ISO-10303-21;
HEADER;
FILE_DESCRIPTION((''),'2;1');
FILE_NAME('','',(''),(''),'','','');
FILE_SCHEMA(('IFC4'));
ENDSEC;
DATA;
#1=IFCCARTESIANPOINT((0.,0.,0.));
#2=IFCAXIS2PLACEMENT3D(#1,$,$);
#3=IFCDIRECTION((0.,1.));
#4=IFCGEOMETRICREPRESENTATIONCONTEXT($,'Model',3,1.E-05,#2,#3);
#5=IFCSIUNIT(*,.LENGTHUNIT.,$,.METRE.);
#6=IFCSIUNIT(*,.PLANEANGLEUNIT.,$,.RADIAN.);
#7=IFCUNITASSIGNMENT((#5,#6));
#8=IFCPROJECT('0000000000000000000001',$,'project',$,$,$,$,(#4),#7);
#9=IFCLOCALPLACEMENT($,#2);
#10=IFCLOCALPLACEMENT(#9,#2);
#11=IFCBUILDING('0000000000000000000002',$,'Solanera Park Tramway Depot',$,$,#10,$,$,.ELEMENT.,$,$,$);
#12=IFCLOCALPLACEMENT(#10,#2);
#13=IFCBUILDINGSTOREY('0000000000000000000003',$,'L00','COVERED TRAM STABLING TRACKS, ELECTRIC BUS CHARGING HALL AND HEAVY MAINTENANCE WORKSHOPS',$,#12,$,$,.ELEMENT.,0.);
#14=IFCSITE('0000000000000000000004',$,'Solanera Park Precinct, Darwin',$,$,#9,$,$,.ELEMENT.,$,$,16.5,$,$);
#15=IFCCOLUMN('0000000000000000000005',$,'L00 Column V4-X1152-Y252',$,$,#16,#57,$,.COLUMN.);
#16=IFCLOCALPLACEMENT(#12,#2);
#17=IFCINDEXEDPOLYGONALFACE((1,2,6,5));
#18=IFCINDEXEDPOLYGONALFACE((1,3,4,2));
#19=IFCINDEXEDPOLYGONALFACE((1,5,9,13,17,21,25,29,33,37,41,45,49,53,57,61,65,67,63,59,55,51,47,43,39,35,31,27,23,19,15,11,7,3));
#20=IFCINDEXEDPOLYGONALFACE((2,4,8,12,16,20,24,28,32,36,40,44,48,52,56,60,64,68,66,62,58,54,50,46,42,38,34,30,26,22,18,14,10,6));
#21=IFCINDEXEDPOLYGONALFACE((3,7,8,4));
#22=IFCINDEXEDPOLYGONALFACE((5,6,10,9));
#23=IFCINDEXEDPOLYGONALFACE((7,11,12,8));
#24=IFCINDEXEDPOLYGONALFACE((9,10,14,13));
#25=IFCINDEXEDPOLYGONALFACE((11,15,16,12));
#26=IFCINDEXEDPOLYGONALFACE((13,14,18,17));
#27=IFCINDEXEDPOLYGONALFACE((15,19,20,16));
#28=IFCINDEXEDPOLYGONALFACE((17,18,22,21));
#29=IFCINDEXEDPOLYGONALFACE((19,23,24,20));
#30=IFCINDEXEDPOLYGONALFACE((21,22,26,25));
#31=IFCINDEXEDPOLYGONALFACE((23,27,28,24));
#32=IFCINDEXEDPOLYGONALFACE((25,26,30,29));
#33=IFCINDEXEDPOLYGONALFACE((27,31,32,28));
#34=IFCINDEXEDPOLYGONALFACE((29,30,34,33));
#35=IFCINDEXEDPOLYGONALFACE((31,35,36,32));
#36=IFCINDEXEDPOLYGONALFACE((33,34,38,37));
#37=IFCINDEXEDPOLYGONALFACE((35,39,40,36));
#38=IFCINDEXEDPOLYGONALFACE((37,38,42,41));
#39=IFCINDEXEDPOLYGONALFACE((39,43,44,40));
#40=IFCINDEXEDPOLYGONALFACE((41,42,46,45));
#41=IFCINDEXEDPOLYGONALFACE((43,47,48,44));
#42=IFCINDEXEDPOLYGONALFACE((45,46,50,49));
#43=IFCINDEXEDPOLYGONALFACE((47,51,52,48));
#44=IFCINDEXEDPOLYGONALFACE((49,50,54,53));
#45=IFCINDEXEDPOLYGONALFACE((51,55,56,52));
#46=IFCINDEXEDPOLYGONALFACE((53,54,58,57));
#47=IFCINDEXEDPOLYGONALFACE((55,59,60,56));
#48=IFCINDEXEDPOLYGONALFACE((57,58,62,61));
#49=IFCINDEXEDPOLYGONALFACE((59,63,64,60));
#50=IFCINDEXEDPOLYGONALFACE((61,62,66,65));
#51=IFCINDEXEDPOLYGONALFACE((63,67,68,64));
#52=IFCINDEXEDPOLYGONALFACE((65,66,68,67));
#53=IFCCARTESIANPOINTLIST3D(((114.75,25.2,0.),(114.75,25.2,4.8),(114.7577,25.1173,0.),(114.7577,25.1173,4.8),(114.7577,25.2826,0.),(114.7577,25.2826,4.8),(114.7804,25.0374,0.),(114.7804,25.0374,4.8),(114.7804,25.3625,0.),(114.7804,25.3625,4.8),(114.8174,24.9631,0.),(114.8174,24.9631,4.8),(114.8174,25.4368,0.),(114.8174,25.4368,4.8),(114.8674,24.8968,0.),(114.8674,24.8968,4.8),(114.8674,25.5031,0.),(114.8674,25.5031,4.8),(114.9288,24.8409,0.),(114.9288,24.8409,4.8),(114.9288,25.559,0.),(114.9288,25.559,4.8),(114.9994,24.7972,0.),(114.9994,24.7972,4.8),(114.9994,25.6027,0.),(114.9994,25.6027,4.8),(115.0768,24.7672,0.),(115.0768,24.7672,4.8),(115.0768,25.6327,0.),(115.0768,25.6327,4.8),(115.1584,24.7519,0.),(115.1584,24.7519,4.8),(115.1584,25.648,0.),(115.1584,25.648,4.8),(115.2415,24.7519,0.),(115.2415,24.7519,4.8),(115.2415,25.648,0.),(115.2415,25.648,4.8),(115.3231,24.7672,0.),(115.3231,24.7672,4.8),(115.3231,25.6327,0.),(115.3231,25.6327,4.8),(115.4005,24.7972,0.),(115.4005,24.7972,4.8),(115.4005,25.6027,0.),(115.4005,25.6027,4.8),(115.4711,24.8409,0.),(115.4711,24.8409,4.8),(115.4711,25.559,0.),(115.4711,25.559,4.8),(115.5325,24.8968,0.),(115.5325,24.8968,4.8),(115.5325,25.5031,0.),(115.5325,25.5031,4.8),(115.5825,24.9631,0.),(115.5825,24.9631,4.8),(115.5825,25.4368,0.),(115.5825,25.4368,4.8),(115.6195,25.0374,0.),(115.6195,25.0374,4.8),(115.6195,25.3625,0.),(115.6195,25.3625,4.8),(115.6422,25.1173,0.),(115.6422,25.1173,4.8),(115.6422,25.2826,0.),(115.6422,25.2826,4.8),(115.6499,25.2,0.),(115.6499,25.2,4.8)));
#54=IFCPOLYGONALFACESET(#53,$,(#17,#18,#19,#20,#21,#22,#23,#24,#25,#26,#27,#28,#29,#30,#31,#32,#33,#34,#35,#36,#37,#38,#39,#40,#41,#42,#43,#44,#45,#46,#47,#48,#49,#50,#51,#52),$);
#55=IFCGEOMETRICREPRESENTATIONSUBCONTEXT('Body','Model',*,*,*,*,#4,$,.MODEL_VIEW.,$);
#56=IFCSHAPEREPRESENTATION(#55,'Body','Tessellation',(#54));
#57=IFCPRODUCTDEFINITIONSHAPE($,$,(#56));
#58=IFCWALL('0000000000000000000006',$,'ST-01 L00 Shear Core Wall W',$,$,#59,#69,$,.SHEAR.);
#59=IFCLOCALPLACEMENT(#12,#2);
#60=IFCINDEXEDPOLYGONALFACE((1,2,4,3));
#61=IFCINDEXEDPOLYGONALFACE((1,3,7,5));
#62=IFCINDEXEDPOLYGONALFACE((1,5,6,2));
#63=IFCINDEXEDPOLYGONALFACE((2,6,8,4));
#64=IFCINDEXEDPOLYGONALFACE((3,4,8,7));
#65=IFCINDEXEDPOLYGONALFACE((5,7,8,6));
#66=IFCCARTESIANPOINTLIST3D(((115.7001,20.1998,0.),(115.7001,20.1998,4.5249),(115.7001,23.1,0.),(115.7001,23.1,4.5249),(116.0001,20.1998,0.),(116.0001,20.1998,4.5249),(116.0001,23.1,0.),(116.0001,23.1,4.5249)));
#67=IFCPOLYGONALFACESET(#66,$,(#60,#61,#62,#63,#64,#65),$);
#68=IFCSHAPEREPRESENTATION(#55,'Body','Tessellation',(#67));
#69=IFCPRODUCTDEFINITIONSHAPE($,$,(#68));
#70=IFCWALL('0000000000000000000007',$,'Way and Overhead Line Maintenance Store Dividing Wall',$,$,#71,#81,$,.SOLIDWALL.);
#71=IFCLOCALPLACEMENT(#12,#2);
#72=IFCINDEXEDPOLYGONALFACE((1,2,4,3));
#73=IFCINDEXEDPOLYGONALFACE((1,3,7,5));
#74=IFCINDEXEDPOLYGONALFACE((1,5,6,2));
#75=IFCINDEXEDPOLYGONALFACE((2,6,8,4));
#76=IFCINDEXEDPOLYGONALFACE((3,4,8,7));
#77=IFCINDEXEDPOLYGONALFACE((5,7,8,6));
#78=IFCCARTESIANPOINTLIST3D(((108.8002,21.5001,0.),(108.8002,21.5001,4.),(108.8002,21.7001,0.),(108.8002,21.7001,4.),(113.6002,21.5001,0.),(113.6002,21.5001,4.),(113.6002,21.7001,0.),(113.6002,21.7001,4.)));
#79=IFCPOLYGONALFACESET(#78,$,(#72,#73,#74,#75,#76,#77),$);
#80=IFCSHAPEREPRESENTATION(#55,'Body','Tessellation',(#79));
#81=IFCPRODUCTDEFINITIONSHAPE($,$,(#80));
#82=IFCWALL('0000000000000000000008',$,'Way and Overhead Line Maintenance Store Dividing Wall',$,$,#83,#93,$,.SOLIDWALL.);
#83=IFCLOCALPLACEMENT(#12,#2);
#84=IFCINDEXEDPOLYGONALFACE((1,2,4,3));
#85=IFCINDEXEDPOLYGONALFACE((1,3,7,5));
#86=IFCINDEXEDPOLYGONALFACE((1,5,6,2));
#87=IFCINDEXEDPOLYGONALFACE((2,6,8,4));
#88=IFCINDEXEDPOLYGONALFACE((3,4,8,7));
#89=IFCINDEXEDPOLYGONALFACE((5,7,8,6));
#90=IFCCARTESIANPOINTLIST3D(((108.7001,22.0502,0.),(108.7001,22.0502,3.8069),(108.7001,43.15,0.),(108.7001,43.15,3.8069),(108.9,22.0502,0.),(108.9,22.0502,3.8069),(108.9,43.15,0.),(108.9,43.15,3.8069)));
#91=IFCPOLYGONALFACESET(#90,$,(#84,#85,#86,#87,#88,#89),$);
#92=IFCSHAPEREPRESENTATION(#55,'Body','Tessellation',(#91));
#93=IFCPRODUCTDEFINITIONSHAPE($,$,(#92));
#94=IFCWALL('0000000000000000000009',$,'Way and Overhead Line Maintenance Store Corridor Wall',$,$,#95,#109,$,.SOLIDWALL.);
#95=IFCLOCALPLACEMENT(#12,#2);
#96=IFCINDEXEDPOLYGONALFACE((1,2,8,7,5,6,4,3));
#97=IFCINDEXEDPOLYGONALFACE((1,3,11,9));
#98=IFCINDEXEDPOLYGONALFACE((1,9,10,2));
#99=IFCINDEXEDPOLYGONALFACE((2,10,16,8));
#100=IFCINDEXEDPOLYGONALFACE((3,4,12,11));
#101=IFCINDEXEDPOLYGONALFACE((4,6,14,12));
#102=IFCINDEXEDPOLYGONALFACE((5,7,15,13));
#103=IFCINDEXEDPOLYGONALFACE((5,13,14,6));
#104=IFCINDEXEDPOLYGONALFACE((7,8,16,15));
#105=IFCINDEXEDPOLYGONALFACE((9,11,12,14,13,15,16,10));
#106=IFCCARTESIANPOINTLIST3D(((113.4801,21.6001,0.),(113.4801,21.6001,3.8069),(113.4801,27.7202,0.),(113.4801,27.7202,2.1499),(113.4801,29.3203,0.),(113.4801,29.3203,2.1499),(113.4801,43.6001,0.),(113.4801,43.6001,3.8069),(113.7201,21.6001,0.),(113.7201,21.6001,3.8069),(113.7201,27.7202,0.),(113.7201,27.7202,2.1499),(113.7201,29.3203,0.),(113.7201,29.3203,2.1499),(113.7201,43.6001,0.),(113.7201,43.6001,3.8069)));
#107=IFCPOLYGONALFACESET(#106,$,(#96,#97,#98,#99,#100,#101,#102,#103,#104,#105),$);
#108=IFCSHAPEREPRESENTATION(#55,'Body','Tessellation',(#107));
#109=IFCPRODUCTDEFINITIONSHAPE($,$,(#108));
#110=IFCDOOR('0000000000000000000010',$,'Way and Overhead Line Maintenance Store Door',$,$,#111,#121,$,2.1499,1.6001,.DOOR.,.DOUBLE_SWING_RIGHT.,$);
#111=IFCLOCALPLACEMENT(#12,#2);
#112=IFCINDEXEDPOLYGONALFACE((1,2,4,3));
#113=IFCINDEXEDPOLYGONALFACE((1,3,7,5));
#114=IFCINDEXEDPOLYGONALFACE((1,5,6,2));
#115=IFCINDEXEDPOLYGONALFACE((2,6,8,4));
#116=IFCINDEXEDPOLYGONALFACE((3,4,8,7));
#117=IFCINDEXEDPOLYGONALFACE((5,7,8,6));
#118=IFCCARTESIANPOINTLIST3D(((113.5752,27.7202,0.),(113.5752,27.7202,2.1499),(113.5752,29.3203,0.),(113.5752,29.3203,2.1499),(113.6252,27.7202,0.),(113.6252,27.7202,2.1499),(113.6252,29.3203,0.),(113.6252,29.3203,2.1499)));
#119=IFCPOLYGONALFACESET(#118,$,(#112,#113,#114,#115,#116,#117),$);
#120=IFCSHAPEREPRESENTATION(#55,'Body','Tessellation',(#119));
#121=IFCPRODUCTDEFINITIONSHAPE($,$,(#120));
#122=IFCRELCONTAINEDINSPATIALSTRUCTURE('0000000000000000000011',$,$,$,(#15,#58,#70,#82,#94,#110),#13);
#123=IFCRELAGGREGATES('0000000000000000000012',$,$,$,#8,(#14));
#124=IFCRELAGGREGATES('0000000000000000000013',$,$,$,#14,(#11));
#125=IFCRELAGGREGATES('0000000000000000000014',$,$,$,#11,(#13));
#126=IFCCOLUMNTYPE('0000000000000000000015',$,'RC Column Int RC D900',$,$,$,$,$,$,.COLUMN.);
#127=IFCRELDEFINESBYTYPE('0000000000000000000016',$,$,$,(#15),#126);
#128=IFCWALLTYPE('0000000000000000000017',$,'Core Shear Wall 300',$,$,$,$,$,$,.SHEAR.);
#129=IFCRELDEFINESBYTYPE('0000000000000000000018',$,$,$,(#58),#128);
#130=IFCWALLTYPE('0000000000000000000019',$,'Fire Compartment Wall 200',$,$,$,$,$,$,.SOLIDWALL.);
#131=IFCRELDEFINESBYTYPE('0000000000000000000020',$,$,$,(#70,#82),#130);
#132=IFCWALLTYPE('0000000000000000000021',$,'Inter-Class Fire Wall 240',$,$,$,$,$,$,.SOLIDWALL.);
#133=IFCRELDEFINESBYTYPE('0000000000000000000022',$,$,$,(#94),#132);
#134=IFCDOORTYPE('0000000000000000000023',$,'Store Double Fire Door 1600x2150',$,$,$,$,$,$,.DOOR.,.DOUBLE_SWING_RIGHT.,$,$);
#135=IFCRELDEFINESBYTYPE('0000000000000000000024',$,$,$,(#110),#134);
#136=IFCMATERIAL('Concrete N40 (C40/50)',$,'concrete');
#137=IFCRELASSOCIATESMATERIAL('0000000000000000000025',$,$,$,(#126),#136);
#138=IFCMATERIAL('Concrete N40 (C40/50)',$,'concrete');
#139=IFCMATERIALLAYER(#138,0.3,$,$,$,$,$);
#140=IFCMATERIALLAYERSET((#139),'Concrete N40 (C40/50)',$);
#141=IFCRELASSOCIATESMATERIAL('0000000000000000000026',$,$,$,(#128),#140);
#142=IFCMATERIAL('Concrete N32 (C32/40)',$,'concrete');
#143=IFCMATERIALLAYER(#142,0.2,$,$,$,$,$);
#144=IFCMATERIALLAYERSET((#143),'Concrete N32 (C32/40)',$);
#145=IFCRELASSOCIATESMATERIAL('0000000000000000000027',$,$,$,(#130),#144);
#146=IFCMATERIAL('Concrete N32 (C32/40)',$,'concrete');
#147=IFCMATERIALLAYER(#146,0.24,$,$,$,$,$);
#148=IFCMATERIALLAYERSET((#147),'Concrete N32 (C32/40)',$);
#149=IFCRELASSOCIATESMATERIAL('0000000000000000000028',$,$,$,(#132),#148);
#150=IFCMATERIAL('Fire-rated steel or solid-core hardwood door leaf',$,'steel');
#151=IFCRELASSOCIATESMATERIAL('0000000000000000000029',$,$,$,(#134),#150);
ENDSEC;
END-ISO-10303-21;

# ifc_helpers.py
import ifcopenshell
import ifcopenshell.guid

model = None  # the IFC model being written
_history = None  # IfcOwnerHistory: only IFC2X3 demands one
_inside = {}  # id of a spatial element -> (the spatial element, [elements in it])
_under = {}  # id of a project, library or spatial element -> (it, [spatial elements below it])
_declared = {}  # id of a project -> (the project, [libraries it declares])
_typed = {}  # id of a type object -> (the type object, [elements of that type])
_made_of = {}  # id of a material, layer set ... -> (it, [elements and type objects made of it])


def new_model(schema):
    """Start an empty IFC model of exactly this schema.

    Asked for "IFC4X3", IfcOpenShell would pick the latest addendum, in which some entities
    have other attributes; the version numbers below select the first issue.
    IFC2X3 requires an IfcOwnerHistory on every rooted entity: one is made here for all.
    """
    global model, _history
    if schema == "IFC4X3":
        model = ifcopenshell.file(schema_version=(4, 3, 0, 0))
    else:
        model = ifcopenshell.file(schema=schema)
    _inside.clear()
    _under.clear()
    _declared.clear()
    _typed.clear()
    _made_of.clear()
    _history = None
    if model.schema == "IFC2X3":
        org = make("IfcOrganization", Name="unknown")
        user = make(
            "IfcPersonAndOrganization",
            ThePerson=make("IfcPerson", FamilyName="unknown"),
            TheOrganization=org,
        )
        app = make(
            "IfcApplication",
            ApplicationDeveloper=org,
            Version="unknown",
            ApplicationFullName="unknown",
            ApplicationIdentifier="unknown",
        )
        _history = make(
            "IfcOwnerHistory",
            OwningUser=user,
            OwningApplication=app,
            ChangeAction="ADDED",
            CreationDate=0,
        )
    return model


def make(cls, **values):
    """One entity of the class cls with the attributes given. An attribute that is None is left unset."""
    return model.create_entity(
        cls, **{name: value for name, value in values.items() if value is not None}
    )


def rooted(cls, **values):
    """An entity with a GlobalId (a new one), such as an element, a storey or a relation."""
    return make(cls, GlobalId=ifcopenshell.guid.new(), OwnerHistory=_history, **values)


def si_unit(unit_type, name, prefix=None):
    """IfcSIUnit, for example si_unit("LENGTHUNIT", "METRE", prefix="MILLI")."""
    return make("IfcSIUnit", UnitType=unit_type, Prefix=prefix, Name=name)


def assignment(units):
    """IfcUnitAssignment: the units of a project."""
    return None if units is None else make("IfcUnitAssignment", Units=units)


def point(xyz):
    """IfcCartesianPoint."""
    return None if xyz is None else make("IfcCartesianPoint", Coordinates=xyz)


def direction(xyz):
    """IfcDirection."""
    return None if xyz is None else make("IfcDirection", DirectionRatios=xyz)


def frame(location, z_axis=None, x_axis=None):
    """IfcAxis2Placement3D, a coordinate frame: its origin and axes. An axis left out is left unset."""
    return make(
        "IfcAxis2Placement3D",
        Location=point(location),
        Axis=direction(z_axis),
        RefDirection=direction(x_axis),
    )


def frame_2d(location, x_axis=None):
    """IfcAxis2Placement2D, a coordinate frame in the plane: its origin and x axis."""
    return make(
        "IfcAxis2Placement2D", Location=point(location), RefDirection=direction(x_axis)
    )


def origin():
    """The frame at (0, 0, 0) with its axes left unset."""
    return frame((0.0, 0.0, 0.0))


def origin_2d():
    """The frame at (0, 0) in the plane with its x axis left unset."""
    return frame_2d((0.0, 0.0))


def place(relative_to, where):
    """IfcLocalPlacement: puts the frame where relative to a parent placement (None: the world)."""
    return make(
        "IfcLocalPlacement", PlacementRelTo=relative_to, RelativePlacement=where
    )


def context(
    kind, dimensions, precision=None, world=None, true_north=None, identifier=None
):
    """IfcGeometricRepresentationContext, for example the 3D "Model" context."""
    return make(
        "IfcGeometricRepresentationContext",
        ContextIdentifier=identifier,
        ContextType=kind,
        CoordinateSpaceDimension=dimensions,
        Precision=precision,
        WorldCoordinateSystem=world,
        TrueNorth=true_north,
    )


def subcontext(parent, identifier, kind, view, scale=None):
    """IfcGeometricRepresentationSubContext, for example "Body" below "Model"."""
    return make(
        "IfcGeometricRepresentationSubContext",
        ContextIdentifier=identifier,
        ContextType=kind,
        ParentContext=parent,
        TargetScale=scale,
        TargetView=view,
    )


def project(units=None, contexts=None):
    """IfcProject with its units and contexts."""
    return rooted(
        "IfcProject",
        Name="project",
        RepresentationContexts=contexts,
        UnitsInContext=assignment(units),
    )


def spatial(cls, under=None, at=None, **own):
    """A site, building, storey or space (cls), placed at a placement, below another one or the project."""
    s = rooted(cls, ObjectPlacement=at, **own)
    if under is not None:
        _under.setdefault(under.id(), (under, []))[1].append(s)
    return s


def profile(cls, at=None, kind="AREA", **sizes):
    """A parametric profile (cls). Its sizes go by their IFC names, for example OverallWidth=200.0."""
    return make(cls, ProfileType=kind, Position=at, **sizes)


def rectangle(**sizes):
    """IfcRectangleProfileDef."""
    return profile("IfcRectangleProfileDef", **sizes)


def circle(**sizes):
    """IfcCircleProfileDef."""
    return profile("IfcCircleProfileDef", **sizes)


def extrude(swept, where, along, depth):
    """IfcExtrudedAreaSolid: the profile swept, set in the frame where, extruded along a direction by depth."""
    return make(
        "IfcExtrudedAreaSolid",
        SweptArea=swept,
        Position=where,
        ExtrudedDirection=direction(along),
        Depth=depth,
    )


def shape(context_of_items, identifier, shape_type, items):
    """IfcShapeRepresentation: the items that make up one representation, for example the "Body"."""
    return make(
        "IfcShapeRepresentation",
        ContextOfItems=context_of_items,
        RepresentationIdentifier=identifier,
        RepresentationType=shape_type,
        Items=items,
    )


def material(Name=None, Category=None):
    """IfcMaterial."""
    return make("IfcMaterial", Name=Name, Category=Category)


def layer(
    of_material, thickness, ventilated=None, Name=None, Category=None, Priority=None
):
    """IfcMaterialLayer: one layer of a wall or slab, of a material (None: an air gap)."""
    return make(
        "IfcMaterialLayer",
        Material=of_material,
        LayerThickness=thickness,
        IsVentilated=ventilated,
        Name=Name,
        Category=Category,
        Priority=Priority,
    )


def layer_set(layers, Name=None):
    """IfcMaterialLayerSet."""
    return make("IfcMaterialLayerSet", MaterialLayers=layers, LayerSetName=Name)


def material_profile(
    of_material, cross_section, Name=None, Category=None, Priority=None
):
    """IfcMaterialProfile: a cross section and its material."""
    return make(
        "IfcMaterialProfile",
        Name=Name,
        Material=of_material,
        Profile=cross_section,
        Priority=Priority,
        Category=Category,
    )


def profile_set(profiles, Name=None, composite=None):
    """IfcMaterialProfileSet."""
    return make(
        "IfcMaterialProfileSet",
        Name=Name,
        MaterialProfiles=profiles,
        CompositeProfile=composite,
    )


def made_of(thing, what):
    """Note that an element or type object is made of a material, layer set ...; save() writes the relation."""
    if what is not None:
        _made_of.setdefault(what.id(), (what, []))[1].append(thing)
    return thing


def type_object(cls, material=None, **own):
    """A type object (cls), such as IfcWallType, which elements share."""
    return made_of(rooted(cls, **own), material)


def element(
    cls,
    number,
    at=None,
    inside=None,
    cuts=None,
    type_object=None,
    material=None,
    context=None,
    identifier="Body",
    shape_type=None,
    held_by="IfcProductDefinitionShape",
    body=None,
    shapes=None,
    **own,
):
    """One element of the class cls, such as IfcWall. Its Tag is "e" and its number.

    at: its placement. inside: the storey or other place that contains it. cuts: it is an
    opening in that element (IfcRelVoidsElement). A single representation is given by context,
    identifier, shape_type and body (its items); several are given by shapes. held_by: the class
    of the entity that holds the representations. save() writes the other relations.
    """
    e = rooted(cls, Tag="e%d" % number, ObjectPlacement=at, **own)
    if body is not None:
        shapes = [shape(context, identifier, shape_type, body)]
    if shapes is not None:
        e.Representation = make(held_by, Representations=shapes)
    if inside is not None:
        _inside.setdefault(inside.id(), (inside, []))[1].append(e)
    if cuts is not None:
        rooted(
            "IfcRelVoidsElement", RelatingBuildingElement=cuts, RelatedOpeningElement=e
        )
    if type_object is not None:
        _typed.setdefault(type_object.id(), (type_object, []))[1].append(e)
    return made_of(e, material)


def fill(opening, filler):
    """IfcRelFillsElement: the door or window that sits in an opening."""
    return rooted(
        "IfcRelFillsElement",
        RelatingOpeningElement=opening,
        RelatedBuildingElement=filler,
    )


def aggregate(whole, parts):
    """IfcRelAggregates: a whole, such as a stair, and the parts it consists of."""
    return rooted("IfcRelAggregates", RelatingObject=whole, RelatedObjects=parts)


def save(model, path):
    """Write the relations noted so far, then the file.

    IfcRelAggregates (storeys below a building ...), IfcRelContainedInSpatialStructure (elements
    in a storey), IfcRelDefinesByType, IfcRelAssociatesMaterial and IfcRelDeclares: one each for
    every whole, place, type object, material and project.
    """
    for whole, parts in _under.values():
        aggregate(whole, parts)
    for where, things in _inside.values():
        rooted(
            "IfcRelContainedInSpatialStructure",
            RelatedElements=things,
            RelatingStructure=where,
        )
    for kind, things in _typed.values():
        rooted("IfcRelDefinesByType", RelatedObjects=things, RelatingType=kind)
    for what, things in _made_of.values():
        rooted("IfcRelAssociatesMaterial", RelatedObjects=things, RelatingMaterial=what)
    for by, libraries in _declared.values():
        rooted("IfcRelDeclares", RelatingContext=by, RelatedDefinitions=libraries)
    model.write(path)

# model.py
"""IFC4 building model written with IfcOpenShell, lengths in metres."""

from ifc_helpers import new_model, si_unit, direction, frame, frame_2d, origin, origin_2d, place, context, subcontext, project, spatial, rectangle, circle, extrude, material, layer, layer_set, material_profile, profile_set, type_object, element, fill, save


model = new_model("IFC4")

# Units and contexts
model_context = context("Model", 3, precision=1e-05, world=origin(), true_north=direction((0.0, 1.0)))
body_context = subcontext(model_context, "Body", "Model", "MODEL_VIEW")
ifc_project = project(units=[si_unit("LENGTHUNIT", "METRE"), si_unit("PLANEANGLEUNIT", "RADIAN")], contexts=[model_context])

# Site, building, storey
site_placement = place(None, origin())
site = spatial("IfcSite", under=ifc_project, at=site_placement, Name="Solanera Park Precinct, Darwin", CompositionType="ELEMENT", RefElevation=16.5)
building_placement = place(site_placement, origin())
building = spatial("IfcBuilding", under=site, at=building_placement, Name="Solanera Park Tramway Depot", CompositionType="ELEMENT")
storey_placement = place(building_placement, origin())
storey = spatial("IfcBuildingStorey", under=building, at=storey_placement, Name="L00", Description="COVERED TRAM STABLING TRACKS, ELECTRIC BUS CHARGING HALL AND HEAVY MAINTENANCE WORKSHOPS", CompositionType="ELEMENT", Elevation=0.0)

# Column
ifc_material_1 = material(Name="Concrete N40 (C40/50)", Category="concrete")
ifc_material_profile_1 = material_profile(ifc_material_1, circle(Radius=0.45, at=origin_2d()), Name="RC D900")
ifc_profile_set_1 = profile_set([ifc_material_profile_1], Name="Concrete N40 (C40/50)")
column_type_1 = type_object("IfcColumnType", Name="RC Column Int RC D900", PredefinedType="COLUMN", material=ifc_profile_set_1)
column_1_placement = place(storey_placement, frame((115.2, 25.2, 0.0), z_axis=(0.0, 0.0, 1.0), x_axis=(1.0, 0.0, 0.0)))
element("IfcColumn", 1, at=column_1_placement, inside=storey, type_object=column_type_1, Name="L00 Column V4-X1152-Y252", PredefinedType="COLUMN", context=body_context, shape_type="SweptSolid", body=[
    extrude(circle(Radius=0.45, at=origin_2d()), origin(), (0.0, 0.0, 1.0), 4.8),
])

# Walls
ifc_material_2 = material(Name="Concrete N40 (C40/50)", Category="concrete")
ifc_layer_1 = layer(ifc_material_2, 0.3)
ifc_layer_set_1 = layer_set([ifc_layer_1], Name="Concrete N40 (C40/50)")
wall_type_1 = type_object("IfcWallType", Name="Core Shear Wall 300", PredefinedType="SHEAR", material=ifc_layer_set_1)
wall_1_placement = place(storey_placement, frame((115.8501, 23.1001, 0.0), z_axis=(0.0, 0.0, 1.0), x_axis=(0.0, -1.0, 0.0)))
element("IfcWall", 2, at=wall_1_placement, inside=storey, type_object=wall_type_1, Name="ST-01 L00 Shear Core Wall W", PredefinedType="SHEAR", context=body_context, shape_type="SweptSolid", body=[
    extrude(rectangle(XDim=2.9001, YDim=0.3, at=frame_2d((1.4502, 0.0))), origin(), (0.0, 0.0, 1.0), 4.5249),
])
ifc_material_3 = material(Name="Concrete N32 (C32/40)", Category="concrete")
ifc_layer_2 = layer(ifc_material_3, 0.2)
ifc_layer_set_2 = layer_set([ifc_layer_2], Name="Concrete N32 (C32/40)")
wall_type_2 = type_object("IfcWallType", Name="Fire Compartment Wall 200", PredefinedType="SOLIDWALL", material=ifc_layer_set_2)
wall_2_placement = place(storey_placement, frame((113.6001, 21.6001, 0.0), z_axis=(0.0, 0.0, 1.0), x_axis=(-1.0, 0.0, 0.0)))
element("IfcWall", 3, at=wall_2_placement, inside=storey, type_object=wall_type_2, Name="Way and Overhead Line Maintenance Store Dividing Wall", PredefinedType="SOLIDWALL", context=body_context, shape_type="SweptSolid", body=[
    extrude(rectangle(XDim=4.8, YDim=0.2, at=frame_2d((2.3999, 0.0))), origin(), (0.0, 0.0, 1.0), 4.0),
])
wall_3_placement = place(storey_placement, frame((108.8, 43.1499, 0.0), z_axis=(0.0, 0.0, 1.0), x_axis=(0.0, -1.0, 0.0)))
element("IfcWall", 4, at=wall_3_placement, inside=storey, type_object=wall_type_2, Name="Way and Overhead Line Maintenance Store Dividing Wall", PredefinedType="SOLIDWALL", context=body_context, shape_type="SweptSolid", body=[
    extrude(rectangle(XDim=21.0999, YDim=0.2, at=frame_2d((10.5498, 0.0))), origin(), (0.0, 0.0, 1.0), 3.8069),
])

# Wall, opening, door
ifc_material_4 = material(Name="Concrete N32 (C32/40)", Category="concrete")
ifc_layer_3 = layer(ifc_material_4, 0.24)
ifc_layer_set_3 = layer_set([ifc_layer_3], Name="Concrete N32 (C32/40)")
wall_type_3 = type_object("IfcWallType", Name="Inter-Class Fire Wall 240", PredefinedType="SOLIDWALL", material=ifc_layer_set_3)
wall_4_placement = place(storey_placement, frame((113.6001, 21.6001, 0.0), z_axis=(0.0, 0.0, 1.0), x_axis=(0.0, 1.0, 0.0)))
wall_4 = element("IfcWall", 5, at=wall_4_placement, inside=storey, type_object=wall_type_3, Name="Way and Overhead Line Maintenance Store Corridor Wall", PredefinedType="SOLIDWALL", context=body_context, shape_type="SweptSolid", body=[
    extrude(rectangle(XDim=22.0, YDim=0.24, at=frame_2d((11.0, 0.0))), origin(), (0.0, 0.0, 1.0), 3.8069),
])
opening_placement = place(wall_4_placement, frame((6.1201, 0.0, 0.0)))
opening = element("IfcOpeningElement", 6, at=opening_placement, cuts=wall_4, PredefinedType="OPENING", context=body_context, shape_type="SweptSolid", body=[
    extrude(rectangle(XDim=1.6001, YDim=2.1499, at=frame_2d((0.8, 1.075))), frame((0.0, 0.1299, 0.0), z_axis=(0.0, -1.0, 0.0), x_axis=(1.0, 0.0, 0.0)), (0.0, 0.0, 1.0), 0.26),
])
ifc_material_5 = material(Name="Fire-rated steel or solid-core hardwood door leaf", Category="steel")
door_type = type_object("IfcDoorType", Name="Store Double Fire Door 1600x2150", OperationType="DOUBLE_SWING_RIGHT", PredefinedType="DOOR", material=ifc_material_5)
door_placement = place(opening_placement, origin())
door = element("IfcDoor", 7, at=door_placement, inside=storey, type_object=door_type, Name="Way and Overhead Line Maintenance Store Door", OperationType="DOUBLE_SWING_RIGHT", OverallHeight=2.1499, OverallWidth=1.6001, PredefinedType="DOOR", context=body_context, shape_type="SweptSolid", body=[
    extrude(rectangle(XDim=1.6001, YDim=2.1499, at=frame_2d((0.8, 1.075))), frame((0.0, 0.0249, 0.0), z_axis=(0.0, -1.0, 0.0), x_axis=(1.0, 0.0, 0.0)), (0.0, 0.0, 1.0), 0.05),
])
fill(opening, door)

save(model, "model.ifc")
